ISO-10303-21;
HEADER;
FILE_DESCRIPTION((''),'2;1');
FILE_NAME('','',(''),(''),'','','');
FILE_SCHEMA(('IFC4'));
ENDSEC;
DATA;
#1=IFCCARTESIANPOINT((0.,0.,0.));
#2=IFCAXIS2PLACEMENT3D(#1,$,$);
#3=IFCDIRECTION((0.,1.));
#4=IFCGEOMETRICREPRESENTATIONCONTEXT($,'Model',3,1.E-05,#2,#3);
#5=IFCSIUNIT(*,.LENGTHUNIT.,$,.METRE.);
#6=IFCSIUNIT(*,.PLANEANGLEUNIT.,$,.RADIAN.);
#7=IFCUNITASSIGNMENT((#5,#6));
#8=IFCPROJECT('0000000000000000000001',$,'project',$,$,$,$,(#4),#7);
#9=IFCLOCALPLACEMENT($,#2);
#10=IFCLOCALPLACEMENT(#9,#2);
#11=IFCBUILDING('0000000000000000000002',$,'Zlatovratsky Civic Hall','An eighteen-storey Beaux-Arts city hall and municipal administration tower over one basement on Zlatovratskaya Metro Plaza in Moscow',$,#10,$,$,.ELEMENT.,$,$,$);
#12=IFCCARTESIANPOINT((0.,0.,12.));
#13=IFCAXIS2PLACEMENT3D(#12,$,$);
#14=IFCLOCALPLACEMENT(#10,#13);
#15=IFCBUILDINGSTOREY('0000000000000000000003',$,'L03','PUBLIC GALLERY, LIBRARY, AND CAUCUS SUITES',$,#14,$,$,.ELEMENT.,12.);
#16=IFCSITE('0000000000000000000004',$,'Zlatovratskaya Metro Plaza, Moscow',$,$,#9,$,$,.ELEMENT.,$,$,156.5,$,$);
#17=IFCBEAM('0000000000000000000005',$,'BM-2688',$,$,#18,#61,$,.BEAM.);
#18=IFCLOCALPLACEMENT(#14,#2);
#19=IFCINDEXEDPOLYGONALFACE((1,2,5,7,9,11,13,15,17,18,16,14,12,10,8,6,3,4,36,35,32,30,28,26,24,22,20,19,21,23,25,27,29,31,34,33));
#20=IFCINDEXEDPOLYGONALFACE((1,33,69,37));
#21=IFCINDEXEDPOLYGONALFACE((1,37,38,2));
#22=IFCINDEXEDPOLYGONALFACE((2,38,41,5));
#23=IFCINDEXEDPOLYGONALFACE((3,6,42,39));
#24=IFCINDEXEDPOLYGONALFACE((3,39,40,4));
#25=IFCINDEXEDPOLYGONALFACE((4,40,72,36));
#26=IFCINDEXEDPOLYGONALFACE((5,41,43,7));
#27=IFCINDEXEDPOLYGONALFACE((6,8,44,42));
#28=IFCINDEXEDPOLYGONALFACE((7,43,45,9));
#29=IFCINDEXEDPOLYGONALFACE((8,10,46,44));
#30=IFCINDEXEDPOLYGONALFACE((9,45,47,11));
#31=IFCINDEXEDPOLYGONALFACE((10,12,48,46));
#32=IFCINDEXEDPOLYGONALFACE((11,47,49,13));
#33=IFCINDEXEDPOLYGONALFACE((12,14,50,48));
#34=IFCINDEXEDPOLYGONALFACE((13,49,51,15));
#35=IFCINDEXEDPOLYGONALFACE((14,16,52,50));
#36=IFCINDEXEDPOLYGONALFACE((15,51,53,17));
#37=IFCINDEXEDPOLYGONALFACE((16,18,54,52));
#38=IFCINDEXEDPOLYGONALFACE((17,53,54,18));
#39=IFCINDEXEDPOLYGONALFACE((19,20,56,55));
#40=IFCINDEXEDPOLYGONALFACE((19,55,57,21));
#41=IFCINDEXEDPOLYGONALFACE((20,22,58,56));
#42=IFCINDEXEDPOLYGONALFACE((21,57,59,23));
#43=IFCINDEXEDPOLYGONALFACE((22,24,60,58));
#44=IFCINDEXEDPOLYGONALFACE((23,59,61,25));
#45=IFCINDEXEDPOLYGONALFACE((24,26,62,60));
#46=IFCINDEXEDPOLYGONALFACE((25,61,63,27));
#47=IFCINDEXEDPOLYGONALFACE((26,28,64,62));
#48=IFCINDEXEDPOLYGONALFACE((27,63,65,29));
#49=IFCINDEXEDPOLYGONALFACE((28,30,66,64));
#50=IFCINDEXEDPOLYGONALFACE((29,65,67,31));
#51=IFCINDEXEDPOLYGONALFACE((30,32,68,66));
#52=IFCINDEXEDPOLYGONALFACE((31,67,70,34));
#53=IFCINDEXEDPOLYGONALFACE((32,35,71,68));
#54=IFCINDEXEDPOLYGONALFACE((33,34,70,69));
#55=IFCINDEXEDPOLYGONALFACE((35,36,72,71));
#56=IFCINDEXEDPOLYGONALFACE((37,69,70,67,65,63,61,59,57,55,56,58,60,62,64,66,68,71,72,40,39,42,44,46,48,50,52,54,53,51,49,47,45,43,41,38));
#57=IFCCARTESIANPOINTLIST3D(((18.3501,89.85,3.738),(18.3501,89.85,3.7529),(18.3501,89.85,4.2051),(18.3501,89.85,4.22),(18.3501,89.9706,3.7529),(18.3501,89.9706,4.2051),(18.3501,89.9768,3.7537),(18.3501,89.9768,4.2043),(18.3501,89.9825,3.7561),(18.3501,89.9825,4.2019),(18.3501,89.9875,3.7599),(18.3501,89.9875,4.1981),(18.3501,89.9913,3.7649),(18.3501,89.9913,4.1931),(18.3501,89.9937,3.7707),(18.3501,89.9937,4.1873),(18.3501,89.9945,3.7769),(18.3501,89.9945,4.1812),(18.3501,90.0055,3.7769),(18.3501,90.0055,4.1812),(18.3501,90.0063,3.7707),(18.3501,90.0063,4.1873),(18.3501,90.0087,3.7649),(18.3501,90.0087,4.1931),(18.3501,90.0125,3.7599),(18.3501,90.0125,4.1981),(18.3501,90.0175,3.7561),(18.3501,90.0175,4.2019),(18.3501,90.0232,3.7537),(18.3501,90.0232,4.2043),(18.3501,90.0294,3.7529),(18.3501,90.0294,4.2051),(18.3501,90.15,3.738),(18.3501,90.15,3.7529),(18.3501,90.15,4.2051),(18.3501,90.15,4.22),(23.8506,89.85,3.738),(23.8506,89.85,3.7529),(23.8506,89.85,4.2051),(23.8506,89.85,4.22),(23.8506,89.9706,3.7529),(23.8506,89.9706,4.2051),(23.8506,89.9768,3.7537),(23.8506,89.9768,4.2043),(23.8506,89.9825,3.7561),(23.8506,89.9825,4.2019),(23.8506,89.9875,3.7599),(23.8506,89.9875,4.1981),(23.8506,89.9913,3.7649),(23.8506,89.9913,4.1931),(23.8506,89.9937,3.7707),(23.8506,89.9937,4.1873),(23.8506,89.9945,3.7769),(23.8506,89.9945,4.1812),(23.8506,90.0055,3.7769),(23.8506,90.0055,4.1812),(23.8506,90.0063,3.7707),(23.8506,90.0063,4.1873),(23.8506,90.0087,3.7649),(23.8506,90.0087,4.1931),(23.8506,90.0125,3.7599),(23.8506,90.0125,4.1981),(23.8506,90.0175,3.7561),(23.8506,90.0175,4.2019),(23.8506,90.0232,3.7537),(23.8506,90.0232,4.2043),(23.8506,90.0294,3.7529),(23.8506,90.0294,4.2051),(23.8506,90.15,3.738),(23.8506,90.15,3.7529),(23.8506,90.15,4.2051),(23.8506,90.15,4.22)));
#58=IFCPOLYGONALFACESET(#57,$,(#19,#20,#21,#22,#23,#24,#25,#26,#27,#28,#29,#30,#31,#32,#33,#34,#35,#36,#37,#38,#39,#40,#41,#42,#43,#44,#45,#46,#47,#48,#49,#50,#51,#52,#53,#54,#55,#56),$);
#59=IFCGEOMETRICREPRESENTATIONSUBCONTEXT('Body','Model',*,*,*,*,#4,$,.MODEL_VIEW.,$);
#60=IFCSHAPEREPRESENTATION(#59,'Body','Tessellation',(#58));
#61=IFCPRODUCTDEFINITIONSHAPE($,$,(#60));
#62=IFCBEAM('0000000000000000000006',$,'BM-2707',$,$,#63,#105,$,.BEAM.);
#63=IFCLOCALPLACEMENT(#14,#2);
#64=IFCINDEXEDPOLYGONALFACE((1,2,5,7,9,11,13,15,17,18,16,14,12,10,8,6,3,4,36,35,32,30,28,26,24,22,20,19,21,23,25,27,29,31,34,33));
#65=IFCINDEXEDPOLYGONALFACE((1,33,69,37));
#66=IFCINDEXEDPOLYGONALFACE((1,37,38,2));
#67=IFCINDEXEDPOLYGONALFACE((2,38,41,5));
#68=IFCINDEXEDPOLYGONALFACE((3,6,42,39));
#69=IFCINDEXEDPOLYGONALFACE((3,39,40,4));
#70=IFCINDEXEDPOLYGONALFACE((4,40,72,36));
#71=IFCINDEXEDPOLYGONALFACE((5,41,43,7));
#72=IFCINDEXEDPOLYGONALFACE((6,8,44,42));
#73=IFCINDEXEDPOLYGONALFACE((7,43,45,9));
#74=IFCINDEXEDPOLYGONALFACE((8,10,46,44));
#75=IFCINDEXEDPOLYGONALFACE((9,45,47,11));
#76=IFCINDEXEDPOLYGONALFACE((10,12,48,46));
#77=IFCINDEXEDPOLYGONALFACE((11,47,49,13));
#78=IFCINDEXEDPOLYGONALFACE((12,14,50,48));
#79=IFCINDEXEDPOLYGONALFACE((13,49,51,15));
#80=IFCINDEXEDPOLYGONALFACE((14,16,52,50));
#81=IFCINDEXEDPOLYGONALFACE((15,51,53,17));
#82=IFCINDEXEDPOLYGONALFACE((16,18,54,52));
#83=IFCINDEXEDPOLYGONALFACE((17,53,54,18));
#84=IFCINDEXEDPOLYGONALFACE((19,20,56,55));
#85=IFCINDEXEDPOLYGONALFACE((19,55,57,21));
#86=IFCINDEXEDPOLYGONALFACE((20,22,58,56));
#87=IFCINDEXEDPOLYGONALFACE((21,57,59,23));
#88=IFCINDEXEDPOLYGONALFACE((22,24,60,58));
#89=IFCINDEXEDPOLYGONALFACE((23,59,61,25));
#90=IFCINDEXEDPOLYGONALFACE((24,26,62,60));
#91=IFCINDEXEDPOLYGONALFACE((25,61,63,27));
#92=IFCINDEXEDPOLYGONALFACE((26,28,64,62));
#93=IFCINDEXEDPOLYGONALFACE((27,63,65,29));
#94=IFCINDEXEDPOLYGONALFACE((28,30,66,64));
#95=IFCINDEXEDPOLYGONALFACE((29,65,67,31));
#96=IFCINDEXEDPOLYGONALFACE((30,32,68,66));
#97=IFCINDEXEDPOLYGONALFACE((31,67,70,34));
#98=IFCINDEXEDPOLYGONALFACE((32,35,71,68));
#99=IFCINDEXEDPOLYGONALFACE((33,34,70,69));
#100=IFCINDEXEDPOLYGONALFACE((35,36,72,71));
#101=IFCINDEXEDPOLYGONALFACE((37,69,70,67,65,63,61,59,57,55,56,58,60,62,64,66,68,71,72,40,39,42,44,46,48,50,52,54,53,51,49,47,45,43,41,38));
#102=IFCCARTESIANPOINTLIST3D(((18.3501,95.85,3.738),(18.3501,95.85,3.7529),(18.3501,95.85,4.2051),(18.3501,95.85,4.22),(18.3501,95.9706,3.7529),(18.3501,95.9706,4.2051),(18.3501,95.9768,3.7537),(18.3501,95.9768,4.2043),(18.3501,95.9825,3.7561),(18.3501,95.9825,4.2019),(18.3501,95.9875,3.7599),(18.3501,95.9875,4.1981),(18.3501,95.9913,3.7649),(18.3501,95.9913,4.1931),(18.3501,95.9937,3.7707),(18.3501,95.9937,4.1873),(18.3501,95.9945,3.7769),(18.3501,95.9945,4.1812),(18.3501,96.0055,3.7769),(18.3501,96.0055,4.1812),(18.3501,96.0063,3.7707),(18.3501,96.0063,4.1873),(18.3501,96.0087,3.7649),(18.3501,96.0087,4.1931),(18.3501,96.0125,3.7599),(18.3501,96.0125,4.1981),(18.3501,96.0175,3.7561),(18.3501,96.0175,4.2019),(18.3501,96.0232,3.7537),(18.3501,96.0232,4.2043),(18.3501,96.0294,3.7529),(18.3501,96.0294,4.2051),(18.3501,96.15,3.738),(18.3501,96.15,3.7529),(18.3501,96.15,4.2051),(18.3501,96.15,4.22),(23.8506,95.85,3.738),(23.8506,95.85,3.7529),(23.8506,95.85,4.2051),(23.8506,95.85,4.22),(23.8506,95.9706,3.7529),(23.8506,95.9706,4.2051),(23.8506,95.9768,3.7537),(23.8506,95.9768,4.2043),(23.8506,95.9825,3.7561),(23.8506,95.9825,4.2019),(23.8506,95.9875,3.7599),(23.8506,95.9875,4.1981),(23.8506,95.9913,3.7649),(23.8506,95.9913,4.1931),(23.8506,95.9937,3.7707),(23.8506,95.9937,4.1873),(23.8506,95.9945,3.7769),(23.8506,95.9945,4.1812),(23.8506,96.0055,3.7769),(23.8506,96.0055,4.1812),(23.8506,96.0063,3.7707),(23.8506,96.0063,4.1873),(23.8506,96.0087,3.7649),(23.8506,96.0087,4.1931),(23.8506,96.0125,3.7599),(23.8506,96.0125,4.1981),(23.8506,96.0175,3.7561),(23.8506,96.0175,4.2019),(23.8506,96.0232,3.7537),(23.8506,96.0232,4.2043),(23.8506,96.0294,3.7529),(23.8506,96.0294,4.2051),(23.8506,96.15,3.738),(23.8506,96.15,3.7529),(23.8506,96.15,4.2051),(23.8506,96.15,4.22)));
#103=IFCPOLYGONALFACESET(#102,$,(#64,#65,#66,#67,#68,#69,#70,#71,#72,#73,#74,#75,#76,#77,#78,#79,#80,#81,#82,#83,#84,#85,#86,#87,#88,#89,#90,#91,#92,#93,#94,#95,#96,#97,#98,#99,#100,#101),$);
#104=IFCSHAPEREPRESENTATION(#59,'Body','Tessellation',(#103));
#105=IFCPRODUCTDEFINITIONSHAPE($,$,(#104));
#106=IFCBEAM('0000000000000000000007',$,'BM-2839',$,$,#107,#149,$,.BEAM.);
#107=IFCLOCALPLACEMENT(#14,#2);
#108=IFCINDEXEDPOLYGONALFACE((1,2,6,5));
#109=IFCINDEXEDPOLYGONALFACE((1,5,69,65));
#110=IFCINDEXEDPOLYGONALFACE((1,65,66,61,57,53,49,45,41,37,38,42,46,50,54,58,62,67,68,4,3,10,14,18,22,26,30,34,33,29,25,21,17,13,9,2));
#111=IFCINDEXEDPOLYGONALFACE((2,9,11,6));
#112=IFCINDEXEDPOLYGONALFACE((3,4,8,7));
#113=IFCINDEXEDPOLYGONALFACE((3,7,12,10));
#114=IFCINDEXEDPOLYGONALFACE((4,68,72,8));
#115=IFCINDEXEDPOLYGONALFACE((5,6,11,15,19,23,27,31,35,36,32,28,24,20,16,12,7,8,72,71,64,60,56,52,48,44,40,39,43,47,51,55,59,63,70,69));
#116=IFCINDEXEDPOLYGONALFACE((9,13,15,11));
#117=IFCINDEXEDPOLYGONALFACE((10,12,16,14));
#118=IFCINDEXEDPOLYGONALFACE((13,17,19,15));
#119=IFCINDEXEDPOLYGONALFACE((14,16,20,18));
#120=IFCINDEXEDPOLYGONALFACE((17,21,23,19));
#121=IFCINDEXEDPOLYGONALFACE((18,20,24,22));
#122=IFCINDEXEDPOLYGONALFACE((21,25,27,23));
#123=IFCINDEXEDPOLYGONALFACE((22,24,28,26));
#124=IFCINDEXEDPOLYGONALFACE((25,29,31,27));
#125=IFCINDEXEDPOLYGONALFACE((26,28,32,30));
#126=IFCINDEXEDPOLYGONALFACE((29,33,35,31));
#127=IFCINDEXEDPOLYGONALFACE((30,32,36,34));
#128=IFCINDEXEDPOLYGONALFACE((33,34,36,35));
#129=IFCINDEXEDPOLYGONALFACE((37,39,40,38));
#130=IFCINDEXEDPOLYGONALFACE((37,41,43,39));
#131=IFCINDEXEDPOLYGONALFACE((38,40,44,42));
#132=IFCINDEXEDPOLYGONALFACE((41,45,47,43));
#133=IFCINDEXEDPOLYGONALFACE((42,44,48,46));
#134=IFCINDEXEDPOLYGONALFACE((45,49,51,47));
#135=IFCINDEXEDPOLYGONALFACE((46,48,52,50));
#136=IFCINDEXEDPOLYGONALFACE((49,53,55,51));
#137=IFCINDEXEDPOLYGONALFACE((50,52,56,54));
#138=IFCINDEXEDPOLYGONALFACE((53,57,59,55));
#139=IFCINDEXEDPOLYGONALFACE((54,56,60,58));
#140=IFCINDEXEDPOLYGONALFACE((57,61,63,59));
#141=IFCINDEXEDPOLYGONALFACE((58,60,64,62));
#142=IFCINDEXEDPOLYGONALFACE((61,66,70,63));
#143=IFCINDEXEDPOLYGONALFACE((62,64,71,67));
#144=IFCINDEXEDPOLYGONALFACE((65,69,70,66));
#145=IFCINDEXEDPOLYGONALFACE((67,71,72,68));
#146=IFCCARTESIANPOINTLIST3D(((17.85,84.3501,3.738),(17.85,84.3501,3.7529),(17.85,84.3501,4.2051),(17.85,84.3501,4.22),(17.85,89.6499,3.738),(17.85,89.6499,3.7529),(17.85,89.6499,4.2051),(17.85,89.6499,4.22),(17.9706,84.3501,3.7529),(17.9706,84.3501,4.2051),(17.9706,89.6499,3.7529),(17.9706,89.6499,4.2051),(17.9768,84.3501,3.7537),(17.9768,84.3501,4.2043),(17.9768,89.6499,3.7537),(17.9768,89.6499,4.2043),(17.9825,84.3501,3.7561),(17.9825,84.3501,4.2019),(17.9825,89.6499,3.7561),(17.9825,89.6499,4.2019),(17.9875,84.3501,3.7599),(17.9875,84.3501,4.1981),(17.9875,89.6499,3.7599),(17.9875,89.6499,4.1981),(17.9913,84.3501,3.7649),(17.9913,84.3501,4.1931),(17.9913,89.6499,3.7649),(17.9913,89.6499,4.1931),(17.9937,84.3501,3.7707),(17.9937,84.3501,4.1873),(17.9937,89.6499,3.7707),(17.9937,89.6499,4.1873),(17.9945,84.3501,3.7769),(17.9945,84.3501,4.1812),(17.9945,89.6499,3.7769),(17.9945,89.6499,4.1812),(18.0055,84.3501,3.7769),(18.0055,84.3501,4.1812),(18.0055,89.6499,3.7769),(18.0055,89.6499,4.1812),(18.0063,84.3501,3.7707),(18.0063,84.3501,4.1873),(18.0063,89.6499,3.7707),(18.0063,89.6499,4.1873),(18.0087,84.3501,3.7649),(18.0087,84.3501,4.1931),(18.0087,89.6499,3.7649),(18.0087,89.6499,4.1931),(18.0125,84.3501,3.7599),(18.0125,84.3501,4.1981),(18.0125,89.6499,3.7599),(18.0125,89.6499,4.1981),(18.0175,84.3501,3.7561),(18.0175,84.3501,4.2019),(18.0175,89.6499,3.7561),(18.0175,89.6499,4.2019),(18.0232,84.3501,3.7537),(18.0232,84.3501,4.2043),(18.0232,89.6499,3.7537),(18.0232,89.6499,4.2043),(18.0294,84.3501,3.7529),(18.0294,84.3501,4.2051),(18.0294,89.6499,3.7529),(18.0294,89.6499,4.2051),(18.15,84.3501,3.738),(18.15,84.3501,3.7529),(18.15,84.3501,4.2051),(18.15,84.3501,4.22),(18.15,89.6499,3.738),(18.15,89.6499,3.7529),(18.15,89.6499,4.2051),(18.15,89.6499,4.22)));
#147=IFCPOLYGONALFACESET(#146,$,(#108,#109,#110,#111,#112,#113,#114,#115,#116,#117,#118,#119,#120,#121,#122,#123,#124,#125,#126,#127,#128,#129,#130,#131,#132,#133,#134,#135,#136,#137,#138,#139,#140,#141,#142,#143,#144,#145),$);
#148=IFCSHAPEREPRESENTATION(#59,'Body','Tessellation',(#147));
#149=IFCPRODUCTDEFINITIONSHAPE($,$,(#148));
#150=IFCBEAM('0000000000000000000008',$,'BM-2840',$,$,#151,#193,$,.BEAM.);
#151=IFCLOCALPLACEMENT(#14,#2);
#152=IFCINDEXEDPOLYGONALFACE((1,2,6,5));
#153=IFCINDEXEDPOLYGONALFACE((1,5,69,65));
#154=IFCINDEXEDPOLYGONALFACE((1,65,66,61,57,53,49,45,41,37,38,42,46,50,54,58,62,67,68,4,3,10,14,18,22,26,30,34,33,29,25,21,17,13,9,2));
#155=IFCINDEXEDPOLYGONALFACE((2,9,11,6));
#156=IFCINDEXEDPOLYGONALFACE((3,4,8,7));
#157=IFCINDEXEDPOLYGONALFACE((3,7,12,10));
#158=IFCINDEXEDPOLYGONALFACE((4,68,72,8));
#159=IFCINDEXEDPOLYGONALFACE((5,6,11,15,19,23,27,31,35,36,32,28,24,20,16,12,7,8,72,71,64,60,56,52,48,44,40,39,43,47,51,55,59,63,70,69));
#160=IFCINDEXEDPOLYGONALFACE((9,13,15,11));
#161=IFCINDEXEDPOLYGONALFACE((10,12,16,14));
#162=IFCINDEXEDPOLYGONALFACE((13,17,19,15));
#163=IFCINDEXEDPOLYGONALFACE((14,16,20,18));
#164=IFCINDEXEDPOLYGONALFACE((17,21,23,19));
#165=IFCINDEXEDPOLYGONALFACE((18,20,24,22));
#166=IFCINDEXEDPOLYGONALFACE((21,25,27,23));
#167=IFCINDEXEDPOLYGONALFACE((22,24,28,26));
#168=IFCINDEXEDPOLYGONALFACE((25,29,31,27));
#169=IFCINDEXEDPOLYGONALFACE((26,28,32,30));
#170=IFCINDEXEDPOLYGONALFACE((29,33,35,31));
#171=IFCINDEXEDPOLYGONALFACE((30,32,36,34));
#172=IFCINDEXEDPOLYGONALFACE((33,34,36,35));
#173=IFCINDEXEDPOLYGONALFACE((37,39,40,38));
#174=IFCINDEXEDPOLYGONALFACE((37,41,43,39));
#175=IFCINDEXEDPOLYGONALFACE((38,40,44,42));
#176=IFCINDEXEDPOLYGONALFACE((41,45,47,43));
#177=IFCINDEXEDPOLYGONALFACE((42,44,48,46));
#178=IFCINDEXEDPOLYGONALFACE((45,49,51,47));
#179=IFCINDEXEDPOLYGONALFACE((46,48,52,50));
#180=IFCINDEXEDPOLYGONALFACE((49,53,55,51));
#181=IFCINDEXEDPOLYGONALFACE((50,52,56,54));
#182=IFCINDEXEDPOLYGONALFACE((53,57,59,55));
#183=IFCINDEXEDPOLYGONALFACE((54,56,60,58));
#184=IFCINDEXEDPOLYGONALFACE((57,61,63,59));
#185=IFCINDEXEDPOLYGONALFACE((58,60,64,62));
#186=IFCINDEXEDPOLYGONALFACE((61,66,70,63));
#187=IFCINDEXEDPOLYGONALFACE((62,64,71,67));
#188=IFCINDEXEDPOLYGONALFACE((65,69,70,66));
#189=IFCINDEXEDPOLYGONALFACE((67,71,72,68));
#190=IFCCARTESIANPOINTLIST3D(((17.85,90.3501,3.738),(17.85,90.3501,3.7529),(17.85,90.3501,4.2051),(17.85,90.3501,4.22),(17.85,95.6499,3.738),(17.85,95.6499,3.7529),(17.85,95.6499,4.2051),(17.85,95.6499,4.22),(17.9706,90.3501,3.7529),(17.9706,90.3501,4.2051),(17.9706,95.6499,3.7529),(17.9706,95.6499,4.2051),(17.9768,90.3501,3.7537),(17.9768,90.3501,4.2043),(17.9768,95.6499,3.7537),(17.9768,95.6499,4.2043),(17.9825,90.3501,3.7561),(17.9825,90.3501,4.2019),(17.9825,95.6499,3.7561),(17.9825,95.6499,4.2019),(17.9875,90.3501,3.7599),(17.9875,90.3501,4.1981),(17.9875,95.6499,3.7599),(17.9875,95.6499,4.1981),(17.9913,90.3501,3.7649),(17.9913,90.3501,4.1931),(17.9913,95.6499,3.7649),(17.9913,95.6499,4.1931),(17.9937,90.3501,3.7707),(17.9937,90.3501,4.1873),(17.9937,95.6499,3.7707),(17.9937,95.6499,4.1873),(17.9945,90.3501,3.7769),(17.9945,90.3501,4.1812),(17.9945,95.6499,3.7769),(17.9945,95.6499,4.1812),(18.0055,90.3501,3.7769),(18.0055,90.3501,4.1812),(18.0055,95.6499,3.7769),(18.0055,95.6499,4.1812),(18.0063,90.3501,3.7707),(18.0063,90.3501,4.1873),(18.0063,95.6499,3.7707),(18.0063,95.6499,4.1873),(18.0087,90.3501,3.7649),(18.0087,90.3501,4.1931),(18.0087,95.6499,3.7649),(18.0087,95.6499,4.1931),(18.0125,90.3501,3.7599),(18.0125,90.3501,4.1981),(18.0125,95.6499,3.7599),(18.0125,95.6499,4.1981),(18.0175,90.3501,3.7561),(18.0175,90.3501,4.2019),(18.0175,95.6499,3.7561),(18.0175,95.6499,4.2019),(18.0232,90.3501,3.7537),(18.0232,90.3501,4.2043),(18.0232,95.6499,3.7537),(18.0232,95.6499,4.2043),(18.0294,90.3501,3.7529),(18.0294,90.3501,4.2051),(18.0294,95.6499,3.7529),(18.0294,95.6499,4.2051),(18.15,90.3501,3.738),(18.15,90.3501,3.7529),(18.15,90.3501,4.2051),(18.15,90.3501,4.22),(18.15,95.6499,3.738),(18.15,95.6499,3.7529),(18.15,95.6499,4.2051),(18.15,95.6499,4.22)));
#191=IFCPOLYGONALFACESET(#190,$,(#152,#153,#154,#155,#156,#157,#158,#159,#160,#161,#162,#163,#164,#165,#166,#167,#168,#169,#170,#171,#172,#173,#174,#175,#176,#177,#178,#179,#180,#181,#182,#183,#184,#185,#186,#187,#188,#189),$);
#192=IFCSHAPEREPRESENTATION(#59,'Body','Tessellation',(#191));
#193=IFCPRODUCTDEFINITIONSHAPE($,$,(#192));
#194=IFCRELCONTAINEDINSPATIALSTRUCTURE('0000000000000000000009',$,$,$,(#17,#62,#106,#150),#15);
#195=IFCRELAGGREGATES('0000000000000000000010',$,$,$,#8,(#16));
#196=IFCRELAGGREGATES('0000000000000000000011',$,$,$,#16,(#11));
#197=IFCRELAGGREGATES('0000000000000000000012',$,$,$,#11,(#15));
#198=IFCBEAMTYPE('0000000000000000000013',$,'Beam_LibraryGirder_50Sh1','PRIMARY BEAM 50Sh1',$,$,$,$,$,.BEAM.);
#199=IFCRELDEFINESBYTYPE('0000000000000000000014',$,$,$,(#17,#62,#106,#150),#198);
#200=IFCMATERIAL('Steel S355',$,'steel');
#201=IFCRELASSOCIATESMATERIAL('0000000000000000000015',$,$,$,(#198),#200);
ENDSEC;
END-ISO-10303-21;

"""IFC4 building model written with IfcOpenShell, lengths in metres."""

from ifc_helpers import new_model, si_unit, direction, frame, origin, origin_2d, place, context, subcontext, project, spatial, i_section, extrude, material, material_profile, profile_set, type_object, element, save


model = new_model("IFC4")

# Units and contexts
model_context = context("Model", 3, precision=1e-05, world=origin(), true_north=direction((0.0, 1.0)))
body_context = subcontext(model_context, "Body", "Model", "MODEL_VIEW")
ifc_project = project(units=[si_unit("LENGTHUNIT", "METRE"), si_unit("PLANEANGLEUNIT", "RADIAN")], contexts=[model_context])

# Site, building, storey
site_placement = place(None, origin())
site = spatial("IfcSite", under=ifc_project, at=site_placement, Name="Zlatovratskaya Metro Plaza, Moscow", CompositionType="ELEMENT", RefElevation=156.5)
building_placement = place(site_placement, origin())
building = spatial("IfcBuilding", under=site, at=building_placement, Name="Zlatovratsky Civic Hall", Description="An eighteen-storey Beaux-Arts city hall and municipal administration tower over one basement on Zlatovratskaya Metro Plaza in Moscow", CompositionType="ELEMENT")
storey_placement = place(building_placement, frame((0.0, 0.0, 12.0)))
storey = spatial("IfcBuildingStorey", under=building, at=storey_placement, Name="L03", Description="PUBLIC GALLERY, LIBRARY, AND CAUCUS SUITES", CompositionType="ELEMENT", Elevation=12.0)

# Shared definitions
ifc_material_1 = material(Name="Steel S355", Category="steel")

# Beams
ifc_material_profile_1 = material_profile(ifc_material_1, i_section(OverallWidth=0.3, OverallDepth=0.4819, WebThickness=0.011, FlangeThickness=0.0149, FilletRadius=0.0239, at=origin_2d()), Name="50Sh1")
ifc_profile_set_1 = profile_set([ifc_material_profile_1], Name="Steel S355")
beam_type_1 = type_object("IfcBeamType", Name="Beam_LibraryGirder_50Sh1", Description="PRIMARY BEAM 50Sh1", PredefinedType="BEAM", material=ifc_profile_set_1)
for number, where, z_axis, x_axis, name in (
    (1, (18.3501, 90.0, 3.979), (1.0, 0.0, 0.0), (0.0, 1.0, 0.0), "BM-2688"),
    (2, (18.3501, 96.0, 3.979), (1.0, 0.0, 0.0), (0.0, 1.0, 0.0), "BM-2707"),
):
    element("IfcBeam", number, at=place(storey_placement, frame(where, z_axis=z_axis, x_axis=x_axis)), inside=storey, type_object=beam_type_1, Name=name, PredefinedType="BEAM", context=body_context, shape_type="SweptSolid", body=[
        extrude(i_section(OverallWidth=0.3, OverallDepth=0.4819, WebThickness=0.011, FlangeThickness=0.0149, FilletRadius=0.0239, at=origin_2d()), origin(), (0.0, 0.0, 1.0), 5.5005),
    ])
for number, where, z_axis, x_axis, name in (
    (3, (18.0, 84.3501, 3.979), (0.0, 1.0, 0.0), (-1.0, 0.0, 0.0), "BM-2839"),
    (4, (18.0, 90.3501, 3.979), (0.0, 1.0, 0.0), (-1.0, 0.0, 0.0), "BM-2840"),
):
    element("IfcBeam", number, at=place(storey_placement, frame(where, z_axis=z_axis, x_axis=x_axis)), inside=storey, type_object=beam_type_1, Name=name, PredefinedType="BEAM", context=body_context, shape_type="SweptSolid", body=[
        extrude(i_section(OverallWidth=0.3, OverallDepth=0.4819, WebThickness=0.011, FlangeThickness=0.0149, FilletRadius=0.0239, at=origin_2d()), origin(), (0.0, 0.0, 1.0), 5.2998),
    ])

save(model, "model.ifc")
